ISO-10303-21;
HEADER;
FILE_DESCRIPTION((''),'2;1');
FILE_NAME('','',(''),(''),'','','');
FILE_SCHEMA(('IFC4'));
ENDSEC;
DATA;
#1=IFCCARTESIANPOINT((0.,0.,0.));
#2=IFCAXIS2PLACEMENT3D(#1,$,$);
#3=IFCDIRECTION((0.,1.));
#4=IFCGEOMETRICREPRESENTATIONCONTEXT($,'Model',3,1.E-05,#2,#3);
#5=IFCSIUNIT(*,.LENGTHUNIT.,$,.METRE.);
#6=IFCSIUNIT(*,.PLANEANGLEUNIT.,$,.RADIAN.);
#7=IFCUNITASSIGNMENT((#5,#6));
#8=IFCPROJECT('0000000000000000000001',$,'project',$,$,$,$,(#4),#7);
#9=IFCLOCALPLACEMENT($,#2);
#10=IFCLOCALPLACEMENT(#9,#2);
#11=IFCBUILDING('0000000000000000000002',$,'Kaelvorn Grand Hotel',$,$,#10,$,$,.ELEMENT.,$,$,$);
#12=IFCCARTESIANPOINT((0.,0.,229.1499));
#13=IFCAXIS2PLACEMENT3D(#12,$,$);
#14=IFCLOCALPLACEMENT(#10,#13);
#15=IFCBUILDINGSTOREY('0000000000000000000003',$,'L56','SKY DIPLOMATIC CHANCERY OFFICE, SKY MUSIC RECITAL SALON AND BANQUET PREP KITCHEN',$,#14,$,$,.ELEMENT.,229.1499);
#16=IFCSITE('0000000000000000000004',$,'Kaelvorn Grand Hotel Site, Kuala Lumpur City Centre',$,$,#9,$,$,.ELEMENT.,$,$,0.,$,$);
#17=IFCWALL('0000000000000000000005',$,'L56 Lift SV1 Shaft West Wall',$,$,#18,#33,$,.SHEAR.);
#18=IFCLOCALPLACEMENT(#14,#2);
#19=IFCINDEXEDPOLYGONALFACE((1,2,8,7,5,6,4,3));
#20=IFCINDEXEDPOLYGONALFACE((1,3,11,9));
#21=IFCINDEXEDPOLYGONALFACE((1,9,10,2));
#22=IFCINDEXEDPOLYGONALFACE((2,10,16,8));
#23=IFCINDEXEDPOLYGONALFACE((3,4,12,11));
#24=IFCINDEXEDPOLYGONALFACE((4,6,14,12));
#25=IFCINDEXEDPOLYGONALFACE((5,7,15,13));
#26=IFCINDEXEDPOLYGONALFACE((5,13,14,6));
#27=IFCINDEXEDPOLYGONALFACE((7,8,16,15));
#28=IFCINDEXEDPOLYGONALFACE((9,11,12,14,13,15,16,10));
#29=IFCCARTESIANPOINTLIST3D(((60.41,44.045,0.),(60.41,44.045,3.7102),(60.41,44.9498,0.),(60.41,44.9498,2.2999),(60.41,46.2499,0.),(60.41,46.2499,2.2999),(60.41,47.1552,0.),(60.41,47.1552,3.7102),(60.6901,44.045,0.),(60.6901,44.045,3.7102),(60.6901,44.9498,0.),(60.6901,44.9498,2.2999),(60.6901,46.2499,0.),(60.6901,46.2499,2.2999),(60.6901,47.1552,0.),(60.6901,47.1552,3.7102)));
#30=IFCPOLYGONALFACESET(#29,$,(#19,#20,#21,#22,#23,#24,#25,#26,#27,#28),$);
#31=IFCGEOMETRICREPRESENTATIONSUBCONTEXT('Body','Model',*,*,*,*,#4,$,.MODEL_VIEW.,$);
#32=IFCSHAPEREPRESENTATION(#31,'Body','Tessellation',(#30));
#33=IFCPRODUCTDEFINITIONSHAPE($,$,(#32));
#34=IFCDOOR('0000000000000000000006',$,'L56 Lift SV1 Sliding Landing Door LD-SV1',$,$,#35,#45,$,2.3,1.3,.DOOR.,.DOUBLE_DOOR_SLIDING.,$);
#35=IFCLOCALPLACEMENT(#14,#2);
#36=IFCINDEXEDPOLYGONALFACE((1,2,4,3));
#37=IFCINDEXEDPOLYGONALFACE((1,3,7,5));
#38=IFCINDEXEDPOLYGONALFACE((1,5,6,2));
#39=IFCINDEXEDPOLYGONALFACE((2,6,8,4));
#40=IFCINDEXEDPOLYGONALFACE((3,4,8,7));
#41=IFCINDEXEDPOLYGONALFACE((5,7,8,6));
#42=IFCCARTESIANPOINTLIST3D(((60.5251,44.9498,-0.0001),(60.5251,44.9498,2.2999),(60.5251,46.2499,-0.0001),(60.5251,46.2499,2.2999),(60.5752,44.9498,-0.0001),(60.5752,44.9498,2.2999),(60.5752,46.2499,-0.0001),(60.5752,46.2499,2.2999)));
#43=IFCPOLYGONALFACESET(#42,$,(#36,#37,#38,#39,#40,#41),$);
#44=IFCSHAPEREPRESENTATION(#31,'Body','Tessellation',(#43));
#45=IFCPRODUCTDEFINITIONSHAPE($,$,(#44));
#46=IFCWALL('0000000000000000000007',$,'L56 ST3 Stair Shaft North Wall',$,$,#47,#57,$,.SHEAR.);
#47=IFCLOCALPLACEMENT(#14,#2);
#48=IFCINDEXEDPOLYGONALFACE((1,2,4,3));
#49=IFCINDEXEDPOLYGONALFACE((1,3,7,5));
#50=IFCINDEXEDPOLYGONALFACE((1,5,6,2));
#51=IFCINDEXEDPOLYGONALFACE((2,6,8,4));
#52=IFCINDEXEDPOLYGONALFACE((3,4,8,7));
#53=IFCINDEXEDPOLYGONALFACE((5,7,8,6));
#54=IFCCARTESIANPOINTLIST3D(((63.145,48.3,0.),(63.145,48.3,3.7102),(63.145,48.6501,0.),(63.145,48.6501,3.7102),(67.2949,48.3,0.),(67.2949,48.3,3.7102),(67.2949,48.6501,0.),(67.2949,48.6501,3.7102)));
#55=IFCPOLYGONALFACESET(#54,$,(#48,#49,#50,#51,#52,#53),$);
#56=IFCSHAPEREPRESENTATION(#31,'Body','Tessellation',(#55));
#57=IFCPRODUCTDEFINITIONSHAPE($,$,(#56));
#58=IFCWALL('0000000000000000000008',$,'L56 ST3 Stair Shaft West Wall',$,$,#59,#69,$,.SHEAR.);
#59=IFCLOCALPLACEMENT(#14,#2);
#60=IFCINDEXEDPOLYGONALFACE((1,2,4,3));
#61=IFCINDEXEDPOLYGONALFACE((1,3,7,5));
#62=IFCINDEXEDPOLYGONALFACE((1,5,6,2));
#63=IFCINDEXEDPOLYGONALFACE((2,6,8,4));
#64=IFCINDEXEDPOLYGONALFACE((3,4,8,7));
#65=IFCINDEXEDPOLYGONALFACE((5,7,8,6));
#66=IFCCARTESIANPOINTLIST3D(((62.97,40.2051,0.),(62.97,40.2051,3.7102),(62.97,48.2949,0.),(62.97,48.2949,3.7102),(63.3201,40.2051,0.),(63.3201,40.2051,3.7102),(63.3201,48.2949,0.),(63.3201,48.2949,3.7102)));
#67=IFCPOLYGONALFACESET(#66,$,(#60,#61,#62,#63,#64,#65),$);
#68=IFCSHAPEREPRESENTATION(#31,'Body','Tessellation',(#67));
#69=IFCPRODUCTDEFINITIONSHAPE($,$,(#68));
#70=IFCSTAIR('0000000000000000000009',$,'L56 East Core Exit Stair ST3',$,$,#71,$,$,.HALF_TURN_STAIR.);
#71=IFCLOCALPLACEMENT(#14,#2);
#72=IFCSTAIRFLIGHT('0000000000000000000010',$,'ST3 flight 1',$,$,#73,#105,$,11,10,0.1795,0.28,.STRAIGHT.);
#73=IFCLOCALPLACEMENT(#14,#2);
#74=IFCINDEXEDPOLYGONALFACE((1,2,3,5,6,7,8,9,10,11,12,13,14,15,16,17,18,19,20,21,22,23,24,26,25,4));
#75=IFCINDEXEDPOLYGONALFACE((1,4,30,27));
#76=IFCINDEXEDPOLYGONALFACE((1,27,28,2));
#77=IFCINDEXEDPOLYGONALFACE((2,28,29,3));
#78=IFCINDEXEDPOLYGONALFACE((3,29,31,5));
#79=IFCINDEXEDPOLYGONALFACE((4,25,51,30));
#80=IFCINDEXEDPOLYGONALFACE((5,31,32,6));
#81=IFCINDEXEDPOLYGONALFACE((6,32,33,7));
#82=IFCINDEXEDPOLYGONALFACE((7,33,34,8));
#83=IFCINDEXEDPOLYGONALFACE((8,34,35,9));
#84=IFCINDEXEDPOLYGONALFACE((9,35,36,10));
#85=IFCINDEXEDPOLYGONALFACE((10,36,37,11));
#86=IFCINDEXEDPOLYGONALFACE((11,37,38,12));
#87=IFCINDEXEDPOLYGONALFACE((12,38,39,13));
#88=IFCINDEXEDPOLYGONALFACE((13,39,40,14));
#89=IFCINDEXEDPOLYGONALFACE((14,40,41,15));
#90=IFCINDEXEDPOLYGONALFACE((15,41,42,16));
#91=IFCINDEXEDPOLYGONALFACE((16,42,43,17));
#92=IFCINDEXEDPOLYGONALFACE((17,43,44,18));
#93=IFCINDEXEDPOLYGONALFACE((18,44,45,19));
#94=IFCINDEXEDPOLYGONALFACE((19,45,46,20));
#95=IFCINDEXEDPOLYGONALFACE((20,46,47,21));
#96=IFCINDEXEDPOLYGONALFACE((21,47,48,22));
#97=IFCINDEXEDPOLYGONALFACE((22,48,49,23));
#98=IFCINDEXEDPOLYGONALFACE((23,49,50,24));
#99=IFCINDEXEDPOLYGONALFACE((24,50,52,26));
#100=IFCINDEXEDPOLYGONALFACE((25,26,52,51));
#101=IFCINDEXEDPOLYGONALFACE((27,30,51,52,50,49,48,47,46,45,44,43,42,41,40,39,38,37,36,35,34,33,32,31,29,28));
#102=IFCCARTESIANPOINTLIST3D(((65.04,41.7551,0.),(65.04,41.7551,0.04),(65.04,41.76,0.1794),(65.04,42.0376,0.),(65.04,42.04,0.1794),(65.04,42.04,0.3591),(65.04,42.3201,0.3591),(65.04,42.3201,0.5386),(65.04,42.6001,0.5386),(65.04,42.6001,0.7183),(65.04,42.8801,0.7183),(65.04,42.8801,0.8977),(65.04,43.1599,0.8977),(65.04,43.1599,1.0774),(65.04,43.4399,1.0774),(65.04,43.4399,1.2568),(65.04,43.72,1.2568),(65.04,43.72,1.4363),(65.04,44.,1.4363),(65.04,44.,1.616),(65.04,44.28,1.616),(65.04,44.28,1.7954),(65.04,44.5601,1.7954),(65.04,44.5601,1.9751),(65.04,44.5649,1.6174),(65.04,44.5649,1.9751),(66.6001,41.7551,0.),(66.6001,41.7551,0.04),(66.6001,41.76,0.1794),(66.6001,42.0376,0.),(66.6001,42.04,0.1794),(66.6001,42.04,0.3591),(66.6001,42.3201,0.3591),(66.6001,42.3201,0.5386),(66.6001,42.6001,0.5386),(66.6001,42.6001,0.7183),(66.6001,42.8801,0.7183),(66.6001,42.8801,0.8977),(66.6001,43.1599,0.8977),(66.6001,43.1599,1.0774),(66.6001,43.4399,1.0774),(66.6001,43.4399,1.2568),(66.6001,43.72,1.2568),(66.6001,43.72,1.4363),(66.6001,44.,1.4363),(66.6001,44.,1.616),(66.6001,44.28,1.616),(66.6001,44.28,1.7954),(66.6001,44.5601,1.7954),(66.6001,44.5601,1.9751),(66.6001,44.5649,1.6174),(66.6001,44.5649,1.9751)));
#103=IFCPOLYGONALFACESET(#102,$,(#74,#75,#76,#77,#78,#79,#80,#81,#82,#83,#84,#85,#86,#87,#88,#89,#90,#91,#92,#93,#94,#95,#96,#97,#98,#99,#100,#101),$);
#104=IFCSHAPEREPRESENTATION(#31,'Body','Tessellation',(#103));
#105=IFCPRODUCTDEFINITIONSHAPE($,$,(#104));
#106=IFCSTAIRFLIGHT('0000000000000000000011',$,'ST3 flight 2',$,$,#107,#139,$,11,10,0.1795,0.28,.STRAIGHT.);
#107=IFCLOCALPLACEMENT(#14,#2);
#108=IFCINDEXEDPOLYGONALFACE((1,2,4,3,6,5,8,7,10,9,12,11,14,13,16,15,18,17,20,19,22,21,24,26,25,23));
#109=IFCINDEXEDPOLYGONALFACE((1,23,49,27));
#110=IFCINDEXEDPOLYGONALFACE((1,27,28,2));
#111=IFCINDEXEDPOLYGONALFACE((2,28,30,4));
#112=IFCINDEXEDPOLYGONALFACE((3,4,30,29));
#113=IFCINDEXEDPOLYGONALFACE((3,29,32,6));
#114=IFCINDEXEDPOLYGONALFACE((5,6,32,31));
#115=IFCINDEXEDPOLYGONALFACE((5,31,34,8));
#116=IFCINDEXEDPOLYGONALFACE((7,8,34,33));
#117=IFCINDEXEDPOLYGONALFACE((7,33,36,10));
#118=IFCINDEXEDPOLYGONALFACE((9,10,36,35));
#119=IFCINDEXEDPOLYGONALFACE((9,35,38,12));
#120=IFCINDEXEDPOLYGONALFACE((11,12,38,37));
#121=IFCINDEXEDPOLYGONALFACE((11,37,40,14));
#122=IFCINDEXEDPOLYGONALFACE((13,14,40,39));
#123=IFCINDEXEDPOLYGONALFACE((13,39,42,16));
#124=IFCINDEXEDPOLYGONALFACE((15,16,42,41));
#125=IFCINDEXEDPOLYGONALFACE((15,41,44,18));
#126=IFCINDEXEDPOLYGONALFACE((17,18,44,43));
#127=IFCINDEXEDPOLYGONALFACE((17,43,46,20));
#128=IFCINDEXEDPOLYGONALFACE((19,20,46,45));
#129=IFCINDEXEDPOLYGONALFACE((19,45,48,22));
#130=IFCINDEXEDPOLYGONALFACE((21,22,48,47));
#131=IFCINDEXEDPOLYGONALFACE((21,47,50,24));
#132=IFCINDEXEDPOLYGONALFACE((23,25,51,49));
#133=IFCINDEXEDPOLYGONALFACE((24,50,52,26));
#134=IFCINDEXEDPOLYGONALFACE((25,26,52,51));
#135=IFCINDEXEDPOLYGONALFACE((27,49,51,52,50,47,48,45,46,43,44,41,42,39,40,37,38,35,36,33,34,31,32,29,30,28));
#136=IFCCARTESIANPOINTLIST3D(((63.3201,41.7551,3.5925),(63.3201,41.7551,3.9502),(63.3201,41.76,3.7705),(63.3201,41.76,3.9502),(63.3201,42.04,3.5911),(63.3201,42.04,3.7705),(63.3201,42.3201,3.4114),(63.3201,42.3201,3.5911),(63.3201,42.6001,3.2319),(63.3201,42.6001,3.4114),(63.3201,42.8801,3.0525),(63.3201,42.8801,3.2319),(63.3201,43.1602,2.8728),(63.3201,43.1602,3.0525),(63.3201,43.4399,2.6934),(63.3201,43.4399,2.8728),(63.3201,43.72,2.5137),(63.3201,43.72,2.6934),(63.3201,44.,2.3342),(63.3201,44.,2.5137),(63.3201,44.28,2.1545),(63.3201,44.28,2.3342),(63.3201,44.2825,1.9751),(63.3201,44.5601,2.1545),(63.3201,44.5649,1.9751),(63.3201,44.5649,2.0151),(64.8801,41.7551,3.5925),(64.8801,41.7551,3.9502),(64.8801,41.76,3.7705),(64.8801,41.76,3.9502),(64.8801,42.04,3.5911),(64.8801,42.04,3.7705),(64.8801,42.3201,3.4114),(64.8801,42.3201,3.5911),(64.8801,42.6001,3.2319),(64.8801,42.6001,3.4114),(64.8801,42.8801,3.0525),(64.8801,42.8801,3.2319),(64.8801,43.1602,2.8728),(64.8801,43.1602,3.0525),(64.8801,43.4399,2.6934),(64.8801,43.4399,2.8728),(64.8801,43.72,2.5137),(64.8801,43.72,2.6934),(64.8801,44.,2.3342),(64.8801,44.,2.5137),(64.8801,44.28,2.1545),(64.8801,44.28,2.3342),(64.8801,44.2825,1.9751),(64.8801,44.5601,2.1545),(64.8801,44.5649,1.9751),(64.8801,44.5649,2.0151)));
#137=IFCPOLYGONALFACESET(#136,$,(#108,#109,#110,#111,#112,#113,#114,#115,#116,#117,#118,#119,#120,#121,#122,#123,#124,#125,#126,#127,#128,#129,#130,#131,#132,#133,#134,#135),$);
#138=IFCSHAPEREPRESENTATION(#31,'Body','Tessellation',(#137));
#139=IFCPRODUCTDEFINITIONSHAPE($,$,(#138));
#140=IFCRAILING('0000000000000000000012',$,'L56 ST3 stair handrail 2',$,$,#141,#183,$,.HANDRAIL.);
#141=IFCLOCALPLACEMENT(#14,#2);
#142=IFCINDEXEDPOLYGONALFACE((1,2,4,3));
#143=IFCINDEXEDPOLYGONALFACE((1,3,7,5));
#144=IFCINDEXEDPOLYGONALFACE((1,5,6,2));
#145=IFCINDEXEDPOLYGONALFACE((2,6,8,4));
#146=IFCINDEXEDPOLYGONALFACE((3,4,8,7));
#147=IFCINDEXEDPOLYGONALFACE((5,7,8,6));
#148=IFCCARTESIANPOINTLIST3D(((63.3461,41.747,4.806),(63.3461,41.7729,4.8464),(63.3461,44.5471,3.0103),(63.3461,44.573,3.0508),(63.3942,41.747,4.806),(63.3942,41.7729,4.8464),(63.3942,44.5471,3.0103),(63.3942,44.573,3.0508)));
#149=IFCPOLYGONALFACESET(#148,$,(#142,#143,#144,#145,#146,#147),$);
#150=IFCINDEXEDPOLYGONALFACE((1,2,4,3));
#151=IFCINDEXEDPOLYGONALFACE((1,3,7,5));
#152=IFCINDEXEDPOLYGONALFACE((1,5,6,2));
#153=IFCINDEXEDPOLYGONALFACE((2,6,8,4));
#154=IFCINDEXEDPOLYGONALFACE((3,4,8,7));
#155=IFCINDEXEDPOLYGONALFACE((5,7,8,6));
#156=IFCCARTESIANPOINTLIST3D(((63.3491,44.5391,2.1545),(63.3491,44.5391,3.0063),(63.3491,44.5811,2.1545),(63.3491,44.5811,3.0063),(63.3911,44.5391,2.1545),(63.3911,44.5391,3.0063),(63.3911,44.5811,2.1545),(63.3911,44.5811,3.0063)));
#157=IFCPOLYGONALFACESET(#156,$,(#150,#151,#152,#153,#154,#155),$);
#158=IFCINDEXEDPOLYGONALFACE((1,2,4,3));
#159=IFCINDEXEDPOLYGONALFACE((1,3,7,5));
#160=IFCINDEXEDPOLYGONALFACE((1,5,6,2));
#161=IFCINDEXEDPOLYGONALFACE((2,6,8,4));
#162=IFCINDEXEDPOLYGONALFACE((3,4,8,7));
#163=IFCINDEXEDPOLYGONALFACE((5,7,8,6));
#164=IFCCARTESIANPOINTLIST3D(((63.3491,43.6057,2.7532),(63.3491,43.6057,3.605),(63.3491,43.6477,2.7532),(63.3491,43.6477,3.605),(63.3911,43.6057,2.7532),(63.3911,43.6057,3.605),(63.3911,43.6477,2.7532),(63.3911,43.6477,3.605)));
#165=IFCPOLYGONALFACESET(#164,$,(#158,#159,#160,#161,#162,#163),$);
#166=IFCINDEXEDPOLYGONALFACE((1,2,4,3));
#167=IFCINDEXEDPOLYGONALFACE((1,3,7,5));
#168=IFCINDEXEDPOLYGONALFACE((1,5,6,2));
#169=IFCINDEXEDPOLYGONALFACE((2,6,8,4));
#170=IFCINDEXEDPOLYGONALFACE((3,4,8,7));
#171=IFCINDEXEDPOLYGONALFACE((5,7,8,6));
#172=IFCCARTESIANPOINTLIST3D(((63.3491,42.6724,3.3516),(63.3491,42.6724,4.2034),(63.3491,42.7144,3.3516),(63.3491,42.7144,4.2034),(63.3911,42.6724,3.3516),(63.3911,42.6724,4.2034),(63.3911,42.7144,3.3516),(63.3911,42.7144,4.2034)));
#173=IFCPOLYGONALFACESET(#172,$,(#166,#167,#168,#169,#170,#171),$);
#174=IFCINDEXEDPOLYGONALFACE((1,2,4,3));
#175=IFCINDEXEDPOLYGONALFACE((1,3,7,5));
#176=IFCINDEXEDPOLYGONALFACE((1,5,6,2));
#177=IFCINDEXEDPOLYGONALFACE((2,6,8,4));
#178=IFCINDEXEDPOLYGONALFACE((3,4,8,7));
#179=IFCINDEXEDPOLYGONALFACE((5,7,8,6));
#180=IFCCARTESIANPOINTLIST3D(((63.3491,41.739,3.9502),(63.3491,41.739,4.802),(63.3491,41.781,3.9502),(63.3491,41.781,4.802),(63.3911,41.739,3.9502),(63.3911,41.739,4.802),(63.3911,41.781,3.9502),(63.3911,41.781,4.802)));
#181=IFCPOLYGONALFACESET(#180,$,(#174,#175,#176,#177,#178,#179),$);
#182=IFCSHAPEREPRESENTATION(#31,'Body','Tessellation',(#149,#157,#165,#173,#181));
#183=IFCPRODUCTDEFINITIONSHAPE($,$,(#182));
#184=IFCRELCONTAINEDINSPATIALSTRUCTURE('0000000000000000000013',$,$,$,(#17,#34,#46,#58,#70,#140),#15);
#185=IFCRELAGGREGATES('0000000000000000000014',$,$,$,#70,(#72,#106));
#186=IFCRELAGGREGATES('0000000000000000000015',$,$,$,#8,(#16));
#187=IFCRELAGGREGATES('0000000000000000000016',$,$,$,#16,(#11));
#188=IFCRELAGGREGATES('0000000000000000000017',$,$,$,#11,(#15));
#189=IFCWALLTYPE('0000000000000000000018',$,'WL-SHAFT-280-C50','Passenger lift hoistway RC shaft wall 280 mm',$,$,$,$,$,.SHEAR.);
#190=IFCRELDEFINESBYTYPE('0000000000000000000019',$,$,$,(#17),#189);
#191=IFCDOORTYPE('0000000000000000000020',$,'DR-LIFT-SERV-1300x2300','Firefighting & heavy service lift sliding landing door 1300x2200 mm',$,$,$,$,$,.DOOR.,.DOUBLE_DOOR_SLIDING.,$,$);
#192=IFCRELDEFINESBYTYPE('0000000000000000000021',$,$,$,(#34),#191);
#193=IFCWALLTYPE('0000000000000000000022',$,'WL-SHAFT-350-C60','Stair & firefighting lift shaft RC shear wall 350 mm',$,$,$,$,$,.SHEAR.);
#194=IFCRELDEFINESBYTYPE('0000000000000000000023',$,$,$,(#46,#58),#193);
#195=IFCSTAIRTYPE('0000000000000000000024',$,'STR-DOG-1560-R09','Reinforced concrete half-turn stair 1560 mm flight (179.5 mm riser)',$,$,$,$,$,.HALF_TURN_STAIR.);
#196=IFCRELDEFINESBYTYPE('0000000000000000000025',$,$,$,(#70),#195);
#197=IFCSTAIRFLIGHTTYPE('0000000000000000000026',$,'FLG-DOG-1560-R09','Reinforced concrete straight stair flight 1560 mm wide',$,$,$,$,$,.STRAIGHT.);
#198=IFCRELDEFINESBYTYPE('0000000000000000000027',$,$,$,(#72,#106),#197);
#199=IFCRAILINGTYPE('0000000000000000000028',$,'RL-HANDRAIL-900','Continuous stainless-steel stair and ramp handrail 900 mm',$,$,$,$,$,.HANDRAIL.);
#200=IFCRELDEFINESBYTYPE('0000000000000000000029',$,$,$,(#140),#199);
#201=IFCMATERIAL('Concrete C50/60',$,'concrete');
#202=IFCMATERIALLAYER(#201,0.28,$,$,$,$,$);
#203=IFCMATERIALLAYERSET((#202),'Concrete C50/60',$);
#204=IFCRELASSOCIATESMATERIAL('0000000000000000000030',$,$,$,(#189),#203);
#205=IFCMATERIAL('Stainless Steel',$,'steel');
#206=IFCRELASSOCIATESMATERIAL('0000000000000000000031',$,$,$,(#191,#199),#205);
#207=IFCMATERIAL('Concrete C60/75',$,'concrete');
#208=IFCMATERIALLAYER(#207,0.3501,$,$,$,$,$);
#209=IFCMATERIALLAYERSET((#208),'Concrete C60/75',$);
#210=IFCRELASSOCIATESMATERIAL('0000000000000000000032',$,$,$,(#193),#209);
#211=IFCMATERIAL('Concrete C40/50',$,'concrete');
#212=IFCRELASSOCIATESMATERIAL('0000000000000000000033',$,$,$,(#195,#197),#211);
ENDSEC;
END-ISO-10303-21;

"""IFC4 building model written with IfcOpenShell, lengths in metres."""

from ifc_helpers import new_model, si_unit, direction, frame, frame_2d, origin, origin_2d, place, context, subcontext, project, spatial, polyline, rectangle, outline, extrude, material, layer, layer_set, type_object, element, fill, aggregate, save


model = new_model("IFC4")

# Units and contexts
model_context = context("Model", 3, precision=1e-05, world=origin(), true_north=direction((0.0, 1.0)))
body_context = subcontext(model_context, "Body", "Model", "MODEL_VIEW")
ifc_project = project(units=[si_unit("LENGTHUNIT", "METRE"), si_unit("PLANEANGLEUNIT", "RADIAN")], contexts=[model_context])

# Site, building, storey
site_placement = place(None, origin())
site = spatial("IfcSite", under=ifc_project, at=site_placement, Name="Kaelvorn Grand Hotel Site, Kuala Lumpur City Centre", CompositionType="ELEMENT", RefElevation=0.0)
building_placement = place(site_placement, origin())
building = spatial("IfcBuilding", under=site, at=building_placement, Name="Kaelvorn Grand Hotel", CompositionType="ELEMENT")
storey_placement = place(building_placement, frame((0.0, 0.0, 229.1499)))
storey = spatial("IfcBuildingStorey", under=building, at=storey_placement, Name="L56", Description="SKY DIPLOMATIC CHANCERY OFFICE, SKY MUSIC RECITAL SALON AND BANQUET PREP KITCHEN", CompositionType="ELEMENT", Elevation=229.1499)

# Shared definitions
ifc_material_1 = material(Name="Concrete C50/60", Category="concrete")

# Shared definitions
ifc_material_2 = material(Name="Concrete C60/75", Category="concrete")

# Shared definitions
ifc_material_3 = material(Name="Concrete C40/50", Category="concrete")

# Shared definitions
ifc_layer_1 = layer(ifc_material_1, 0.28)
ifc_layer_set_1 = layer_set([ifc_layer_1], Name="Concrete C50/60")
wall_type_1 = type_object("IfcWallType", Name="WL-SHAFT-280-C50", Description="Passenger lift hoistway RC shaft wall 280 mm", PredefinedType="SHEAR", material=ifc_layer_set_1)

# Shared definitions
ifc_material_4 = material(Name="Stainless Steel", Category="steel")
door_type_1 = type_object("IfcDoorType", Name="DR-LIFT-SERV-1300x2300", Description="Firefighting & heavy service lift sliding landing door 1300x2200 mm", OperationType="DOUBLE_DOOR_SLIDING", PredefinedType="DOOR", material=ifc_material_4)

# Wall, opening, door
wall_1_placement = place(storey_placement, frame((60.55, 44.0449, 0.0), z_axis=(0.0, 0.0, 1.0), x_axis=(0.0, 1.0, 0.0)))
wall_1 = element("IfcWall", 1, at=wall_1_placement, inside=storey, type_object=wall_type_1, Name="L56 Lift SV1 Shaft West Wall", PredefinedType="SHEAR", context=body_context, shape_type="SweptSolid", body=[
    extrude(rectangle(XDim=3.1101, YDim=0.28, at=frame_2d((1.5552, 0.0))), origin(), (0.0, 0.0, 1.0), 3.7102),
])
opening_1_placement = place(wall_1_placement, frame((0.905, 0.0, 0.0)))
opening_1 = element("IfcOpeningElement", 2, at=opening_1_placement, cuts=wall_1, PredefinedType="OPENING", context=body_context, shape_type="SweptSolid", body=[
    extrude(rectangle(XDim=1.3, YDim=2.3, at=frame_2d((0.6499, 1.1499))), frame((0.0, 0.1499, 0.0), z_axis=(0.0, -1.0, 0.0), x_axis=(1.0, 0.0, 0.0)), (0.0, 0.0, 1.0), 0.3),
])
door_1_placement = place(opening_1_placement, origin())
door_1 = element("IfcDoor", 3, at=door_1_placement, inside=storey, type_object=door_type_1, Name="L56 Lift SV1 Sliding Landing Door LD-SV1", OperationType="DOUBLE_DOOR_SLIDING", OverallHeight=2.3, OverallWidth=1.3, PredefinedType="DOOR", context=body_context, shape_type="SweptSolid", body=[
    extrude(rectangle(XDim=1.3, YDim=2.3, at=frame_2d((0.6499, 1.1499))), frame((0.0, 0.0249, 0.0), z_axis=(0.0, -1.0, 0.0), x_axis=(1.0, 0.0, 0.0)), (0.0, 0.0, 1.0), 0.05),
])
fill(opening_1, door_1)
ifc_layer_2 = layer(ifc_material_2, 0.3501)
ifc_layer_set_2 = layer_set([ifc_layer_2], Name="Concrete C60/75")
wall_type_2 = type_object("IfcWallType", Name="WL-SHAFT-350-C60", Description="Stair & firefighting lift shaft RC shear wall 350 mm", PredefinedType="SHEAR", material=ifc_layer_set_2)

# Walls
wall_2_placement = place(storey_placement, frame((63.145, 48.4751, 0.0), z_axis=(0.0, 0.0, 1.0), x_axis=(1.0, 0.0, 0.0)))
element("IfcWall", 4, at=wall_2_placement, inside=storey, type_object=wall_type_2, Name="L56 ST3 Stair Shaft North Wall", PredefinedType="SHEAR", context=body_context, shape_type="SweptSolid", body=[
    extrude(rectangle(XDim=4.1499, YDim=0.3501, at=frame_2d((2.075, 0.0))), origin(), (0.0, 0.0, 1.0), 3.7102),
])
wall_3_placement = place(storey_placement, frame((63.145, 40.2051, 0.0), z_axis=(0.0, 0.0, 1.0), x_axis=(0.0, 1.0, 0.0)))
element("IfcWall", 5, at=wall_3_placement, inside=storey, type_object=wall_type_2, Name="L56 ST3 Stair Shaft West Wall", PredefinedType="SHEAR", context=body_context, shape_type="SweptSolid", body=[
    extrude(rectangle(XDim=8.0898, YDim=0.3501, at=frame_2d((4.0449, 0.0))), origin(), (0.0, 0.0, 1.0), 3.7102),
])

# Stair, stair flights
stair_type = type_object("IfcStairType", Name="STR-DOG-1560-R09", Description="Reinforced concrete half-turn stair 1560 mm flight (179.5 mm riser)", PredefinedType="HALF_TURN_STAIR", material=ifc_material_3)
stair_placement = place(storey_placement, origin())
stair = element("IfcStair", 6, at=stair_placement, inside=storey, type_object=stair_type, Name="L56 East Core Exit Stair ST3", PredefinedType="HALF_TURN_STAIR")
stair_flight_type = type_object("IfcStairFlightType", Name="FLG-DOG-1560-R09", Description="Reinforced concrete straight stair flight 1560 mm wide", PredefinedType="STRAIGHT", material=ifc_material_3)
stair_flight_1_placement = place(storey_placement, frame((65.8201, 41.76, 0.0), z_axis=(0.0, 0.0, 1.0), x_axis=(0.0, 1.0, 0.0)))
stair_flight_1 = element("IfcStairFlight", 7, at=stair_flight_1_placement, type_object=stair_flight_type, Name="ST3 flight 1", NumberOfRisers=11, NumberOfTreads=10, PredefinedType="STRAIGHT", RiserHeight=0.1795, TreadLength=0.28, context=body_context, shape_type="SweptSolid", body=[
    extrude(outline(polyline([(-0.0049, 0.0), (-0.0049, 0.04), (0.0, 0.1794), (0.28, 0.1794), (0.28, 0.3591), (0.5601, 0.3591), (0.5601, 0.5386), (0.8401, 0.5386), (0.8401, 0.7183), (1.1201, 0.7183), (1.1201, 0.8977), (1.3999, 0.8977), (1.3999, 1.0774), (1.6799, 1.0774), (1.6799, 1.2568), (1.96, 1.2568), (1.96, 1.4363), (2.24, 1.4363), (2.24, 1.616), (2.52, 1.616), (2.52, 1.7954), (2.8, 1.7954), (2.8, 1.9751), (2.8049, 1.9751), (2.8049, 1.6174), (0.2776, 0.0), (-0.0049, 0.0)])), frame((0.0, 0.78, 0.0), z_axis=(0.0, -1.0, 0.0), x_axis=(1.0, 0.0, 0.0)), (0.0, 0.0, 1.0), 1.5601),
])
stair_flight_2_placement = place(storey_placement, frame((64.1001, 44.5601, 1.9751), z_axis=(0.0, 0.0, 1.0), x_axis=(0.0, -1.0, 0.0)))
stair_flight_2 = element("IfcStairFlight", 8, at=stair_flight_2_placement, type_object=stair_flight_type, Name="ST3 flight 2", NumberOfRisers=11, NumberOfTreads=10, PredefinedType="STRAIGHT", RiserHeight=0.1795, TreadLength=0.28, context=body_context, shape_type="SweptSolid", body=[
    extrude(outline(polyline([(-0.0049, 0.0), (-0.0049, 0.04), (0.0, 0.1794), (0.28, 0.1794), (0.28, 0.3591), (0.5601, 0.3591), (0.5601, 0.5386), (0.8401, 0.5386), (0.8401, 0.7183), (1.1201, 0.7183), (1.1201, 0.8977), (1.3999, 0.8977), (1.3999, 1.0774), (1.6799, 1.0774), (1.6799, 1.2568), (1.96, 1.2568), (1.96, 1.4363), (2.24, 1.4363), (2.24, 1.616), (2.52, 1.616), (2.52, 1.7954), (2.8, 1.7954), (2.8, 1.9751), (2.8049, 1.9751), (2.8049, 1.6174), (0.2776, 0.0), (-0.0049, 0.0)])), frame((0.0, 0.78, 0.0), z_axis=(0.0, -1.0, 0.0), x_axis=(1.0, 0.0, 0.0)), (0.0, 0.0, 1.0), 1.5601),
])
aggregate(stair, [stair_flight_1, stair_flight_2])

# Railing
railing_type_1 = type_object("IfcRailingType", Name="RL-HANDRAIL-900", Description="Continuous stainless-steel stair and ramp handrail 900 mm", PredefinedType="HANDRAIL", material=ifc_material_4)
railing_1_placement = place(storey_placement, frame((63.3701, 44.5601, 2.1545)))
element("IfcRailing", 9, at=railing_1_placement, inside=storey, type_object=railing_type_1, Name="L56 ST3 stair handrail 2", PredefinedType="HANDRAIL", context=body_context, shape_type="SweptSolid", body=[
    extrude(rectangle(XDim=0.0481, YDim=0.0481, at=origin_2d()), frame((0.0, 0.0, 0.876), z_axis=(0.0, -0.841777, 0.539826), x_axis=(1.0, 0.0, 0.0)), (0.0, 0.0, 1.0), 3.3264),
    extrude(rectangle(XDim=0.042, YDim=0.042, at=origin_2d()), origin(), (0.0, 0.0, 1.0), 0.8518),
    extrude(rectangle(XDim=0.042, YDim=0.042, at=origin_2d()), frame((0.0, -0.9333, 0.5986)), (0.0, 0.0, 1.0), 0.8518),
    extrude(rectangle(XDim=0.042, YDim=0.042, at=origin_2d()), frame((0.0, -1.8667, 1.197)), (0.0, 0.0, 1.0), 0.8518),
    extrude(rectangle(XDim=0.042, YDim=0.042, at=origin_2d()), frame((0.0, -2.8, 1.7957)), (0.0, 0.0, 1.0), 0.8518),
])

save(model, "model.ifc")
